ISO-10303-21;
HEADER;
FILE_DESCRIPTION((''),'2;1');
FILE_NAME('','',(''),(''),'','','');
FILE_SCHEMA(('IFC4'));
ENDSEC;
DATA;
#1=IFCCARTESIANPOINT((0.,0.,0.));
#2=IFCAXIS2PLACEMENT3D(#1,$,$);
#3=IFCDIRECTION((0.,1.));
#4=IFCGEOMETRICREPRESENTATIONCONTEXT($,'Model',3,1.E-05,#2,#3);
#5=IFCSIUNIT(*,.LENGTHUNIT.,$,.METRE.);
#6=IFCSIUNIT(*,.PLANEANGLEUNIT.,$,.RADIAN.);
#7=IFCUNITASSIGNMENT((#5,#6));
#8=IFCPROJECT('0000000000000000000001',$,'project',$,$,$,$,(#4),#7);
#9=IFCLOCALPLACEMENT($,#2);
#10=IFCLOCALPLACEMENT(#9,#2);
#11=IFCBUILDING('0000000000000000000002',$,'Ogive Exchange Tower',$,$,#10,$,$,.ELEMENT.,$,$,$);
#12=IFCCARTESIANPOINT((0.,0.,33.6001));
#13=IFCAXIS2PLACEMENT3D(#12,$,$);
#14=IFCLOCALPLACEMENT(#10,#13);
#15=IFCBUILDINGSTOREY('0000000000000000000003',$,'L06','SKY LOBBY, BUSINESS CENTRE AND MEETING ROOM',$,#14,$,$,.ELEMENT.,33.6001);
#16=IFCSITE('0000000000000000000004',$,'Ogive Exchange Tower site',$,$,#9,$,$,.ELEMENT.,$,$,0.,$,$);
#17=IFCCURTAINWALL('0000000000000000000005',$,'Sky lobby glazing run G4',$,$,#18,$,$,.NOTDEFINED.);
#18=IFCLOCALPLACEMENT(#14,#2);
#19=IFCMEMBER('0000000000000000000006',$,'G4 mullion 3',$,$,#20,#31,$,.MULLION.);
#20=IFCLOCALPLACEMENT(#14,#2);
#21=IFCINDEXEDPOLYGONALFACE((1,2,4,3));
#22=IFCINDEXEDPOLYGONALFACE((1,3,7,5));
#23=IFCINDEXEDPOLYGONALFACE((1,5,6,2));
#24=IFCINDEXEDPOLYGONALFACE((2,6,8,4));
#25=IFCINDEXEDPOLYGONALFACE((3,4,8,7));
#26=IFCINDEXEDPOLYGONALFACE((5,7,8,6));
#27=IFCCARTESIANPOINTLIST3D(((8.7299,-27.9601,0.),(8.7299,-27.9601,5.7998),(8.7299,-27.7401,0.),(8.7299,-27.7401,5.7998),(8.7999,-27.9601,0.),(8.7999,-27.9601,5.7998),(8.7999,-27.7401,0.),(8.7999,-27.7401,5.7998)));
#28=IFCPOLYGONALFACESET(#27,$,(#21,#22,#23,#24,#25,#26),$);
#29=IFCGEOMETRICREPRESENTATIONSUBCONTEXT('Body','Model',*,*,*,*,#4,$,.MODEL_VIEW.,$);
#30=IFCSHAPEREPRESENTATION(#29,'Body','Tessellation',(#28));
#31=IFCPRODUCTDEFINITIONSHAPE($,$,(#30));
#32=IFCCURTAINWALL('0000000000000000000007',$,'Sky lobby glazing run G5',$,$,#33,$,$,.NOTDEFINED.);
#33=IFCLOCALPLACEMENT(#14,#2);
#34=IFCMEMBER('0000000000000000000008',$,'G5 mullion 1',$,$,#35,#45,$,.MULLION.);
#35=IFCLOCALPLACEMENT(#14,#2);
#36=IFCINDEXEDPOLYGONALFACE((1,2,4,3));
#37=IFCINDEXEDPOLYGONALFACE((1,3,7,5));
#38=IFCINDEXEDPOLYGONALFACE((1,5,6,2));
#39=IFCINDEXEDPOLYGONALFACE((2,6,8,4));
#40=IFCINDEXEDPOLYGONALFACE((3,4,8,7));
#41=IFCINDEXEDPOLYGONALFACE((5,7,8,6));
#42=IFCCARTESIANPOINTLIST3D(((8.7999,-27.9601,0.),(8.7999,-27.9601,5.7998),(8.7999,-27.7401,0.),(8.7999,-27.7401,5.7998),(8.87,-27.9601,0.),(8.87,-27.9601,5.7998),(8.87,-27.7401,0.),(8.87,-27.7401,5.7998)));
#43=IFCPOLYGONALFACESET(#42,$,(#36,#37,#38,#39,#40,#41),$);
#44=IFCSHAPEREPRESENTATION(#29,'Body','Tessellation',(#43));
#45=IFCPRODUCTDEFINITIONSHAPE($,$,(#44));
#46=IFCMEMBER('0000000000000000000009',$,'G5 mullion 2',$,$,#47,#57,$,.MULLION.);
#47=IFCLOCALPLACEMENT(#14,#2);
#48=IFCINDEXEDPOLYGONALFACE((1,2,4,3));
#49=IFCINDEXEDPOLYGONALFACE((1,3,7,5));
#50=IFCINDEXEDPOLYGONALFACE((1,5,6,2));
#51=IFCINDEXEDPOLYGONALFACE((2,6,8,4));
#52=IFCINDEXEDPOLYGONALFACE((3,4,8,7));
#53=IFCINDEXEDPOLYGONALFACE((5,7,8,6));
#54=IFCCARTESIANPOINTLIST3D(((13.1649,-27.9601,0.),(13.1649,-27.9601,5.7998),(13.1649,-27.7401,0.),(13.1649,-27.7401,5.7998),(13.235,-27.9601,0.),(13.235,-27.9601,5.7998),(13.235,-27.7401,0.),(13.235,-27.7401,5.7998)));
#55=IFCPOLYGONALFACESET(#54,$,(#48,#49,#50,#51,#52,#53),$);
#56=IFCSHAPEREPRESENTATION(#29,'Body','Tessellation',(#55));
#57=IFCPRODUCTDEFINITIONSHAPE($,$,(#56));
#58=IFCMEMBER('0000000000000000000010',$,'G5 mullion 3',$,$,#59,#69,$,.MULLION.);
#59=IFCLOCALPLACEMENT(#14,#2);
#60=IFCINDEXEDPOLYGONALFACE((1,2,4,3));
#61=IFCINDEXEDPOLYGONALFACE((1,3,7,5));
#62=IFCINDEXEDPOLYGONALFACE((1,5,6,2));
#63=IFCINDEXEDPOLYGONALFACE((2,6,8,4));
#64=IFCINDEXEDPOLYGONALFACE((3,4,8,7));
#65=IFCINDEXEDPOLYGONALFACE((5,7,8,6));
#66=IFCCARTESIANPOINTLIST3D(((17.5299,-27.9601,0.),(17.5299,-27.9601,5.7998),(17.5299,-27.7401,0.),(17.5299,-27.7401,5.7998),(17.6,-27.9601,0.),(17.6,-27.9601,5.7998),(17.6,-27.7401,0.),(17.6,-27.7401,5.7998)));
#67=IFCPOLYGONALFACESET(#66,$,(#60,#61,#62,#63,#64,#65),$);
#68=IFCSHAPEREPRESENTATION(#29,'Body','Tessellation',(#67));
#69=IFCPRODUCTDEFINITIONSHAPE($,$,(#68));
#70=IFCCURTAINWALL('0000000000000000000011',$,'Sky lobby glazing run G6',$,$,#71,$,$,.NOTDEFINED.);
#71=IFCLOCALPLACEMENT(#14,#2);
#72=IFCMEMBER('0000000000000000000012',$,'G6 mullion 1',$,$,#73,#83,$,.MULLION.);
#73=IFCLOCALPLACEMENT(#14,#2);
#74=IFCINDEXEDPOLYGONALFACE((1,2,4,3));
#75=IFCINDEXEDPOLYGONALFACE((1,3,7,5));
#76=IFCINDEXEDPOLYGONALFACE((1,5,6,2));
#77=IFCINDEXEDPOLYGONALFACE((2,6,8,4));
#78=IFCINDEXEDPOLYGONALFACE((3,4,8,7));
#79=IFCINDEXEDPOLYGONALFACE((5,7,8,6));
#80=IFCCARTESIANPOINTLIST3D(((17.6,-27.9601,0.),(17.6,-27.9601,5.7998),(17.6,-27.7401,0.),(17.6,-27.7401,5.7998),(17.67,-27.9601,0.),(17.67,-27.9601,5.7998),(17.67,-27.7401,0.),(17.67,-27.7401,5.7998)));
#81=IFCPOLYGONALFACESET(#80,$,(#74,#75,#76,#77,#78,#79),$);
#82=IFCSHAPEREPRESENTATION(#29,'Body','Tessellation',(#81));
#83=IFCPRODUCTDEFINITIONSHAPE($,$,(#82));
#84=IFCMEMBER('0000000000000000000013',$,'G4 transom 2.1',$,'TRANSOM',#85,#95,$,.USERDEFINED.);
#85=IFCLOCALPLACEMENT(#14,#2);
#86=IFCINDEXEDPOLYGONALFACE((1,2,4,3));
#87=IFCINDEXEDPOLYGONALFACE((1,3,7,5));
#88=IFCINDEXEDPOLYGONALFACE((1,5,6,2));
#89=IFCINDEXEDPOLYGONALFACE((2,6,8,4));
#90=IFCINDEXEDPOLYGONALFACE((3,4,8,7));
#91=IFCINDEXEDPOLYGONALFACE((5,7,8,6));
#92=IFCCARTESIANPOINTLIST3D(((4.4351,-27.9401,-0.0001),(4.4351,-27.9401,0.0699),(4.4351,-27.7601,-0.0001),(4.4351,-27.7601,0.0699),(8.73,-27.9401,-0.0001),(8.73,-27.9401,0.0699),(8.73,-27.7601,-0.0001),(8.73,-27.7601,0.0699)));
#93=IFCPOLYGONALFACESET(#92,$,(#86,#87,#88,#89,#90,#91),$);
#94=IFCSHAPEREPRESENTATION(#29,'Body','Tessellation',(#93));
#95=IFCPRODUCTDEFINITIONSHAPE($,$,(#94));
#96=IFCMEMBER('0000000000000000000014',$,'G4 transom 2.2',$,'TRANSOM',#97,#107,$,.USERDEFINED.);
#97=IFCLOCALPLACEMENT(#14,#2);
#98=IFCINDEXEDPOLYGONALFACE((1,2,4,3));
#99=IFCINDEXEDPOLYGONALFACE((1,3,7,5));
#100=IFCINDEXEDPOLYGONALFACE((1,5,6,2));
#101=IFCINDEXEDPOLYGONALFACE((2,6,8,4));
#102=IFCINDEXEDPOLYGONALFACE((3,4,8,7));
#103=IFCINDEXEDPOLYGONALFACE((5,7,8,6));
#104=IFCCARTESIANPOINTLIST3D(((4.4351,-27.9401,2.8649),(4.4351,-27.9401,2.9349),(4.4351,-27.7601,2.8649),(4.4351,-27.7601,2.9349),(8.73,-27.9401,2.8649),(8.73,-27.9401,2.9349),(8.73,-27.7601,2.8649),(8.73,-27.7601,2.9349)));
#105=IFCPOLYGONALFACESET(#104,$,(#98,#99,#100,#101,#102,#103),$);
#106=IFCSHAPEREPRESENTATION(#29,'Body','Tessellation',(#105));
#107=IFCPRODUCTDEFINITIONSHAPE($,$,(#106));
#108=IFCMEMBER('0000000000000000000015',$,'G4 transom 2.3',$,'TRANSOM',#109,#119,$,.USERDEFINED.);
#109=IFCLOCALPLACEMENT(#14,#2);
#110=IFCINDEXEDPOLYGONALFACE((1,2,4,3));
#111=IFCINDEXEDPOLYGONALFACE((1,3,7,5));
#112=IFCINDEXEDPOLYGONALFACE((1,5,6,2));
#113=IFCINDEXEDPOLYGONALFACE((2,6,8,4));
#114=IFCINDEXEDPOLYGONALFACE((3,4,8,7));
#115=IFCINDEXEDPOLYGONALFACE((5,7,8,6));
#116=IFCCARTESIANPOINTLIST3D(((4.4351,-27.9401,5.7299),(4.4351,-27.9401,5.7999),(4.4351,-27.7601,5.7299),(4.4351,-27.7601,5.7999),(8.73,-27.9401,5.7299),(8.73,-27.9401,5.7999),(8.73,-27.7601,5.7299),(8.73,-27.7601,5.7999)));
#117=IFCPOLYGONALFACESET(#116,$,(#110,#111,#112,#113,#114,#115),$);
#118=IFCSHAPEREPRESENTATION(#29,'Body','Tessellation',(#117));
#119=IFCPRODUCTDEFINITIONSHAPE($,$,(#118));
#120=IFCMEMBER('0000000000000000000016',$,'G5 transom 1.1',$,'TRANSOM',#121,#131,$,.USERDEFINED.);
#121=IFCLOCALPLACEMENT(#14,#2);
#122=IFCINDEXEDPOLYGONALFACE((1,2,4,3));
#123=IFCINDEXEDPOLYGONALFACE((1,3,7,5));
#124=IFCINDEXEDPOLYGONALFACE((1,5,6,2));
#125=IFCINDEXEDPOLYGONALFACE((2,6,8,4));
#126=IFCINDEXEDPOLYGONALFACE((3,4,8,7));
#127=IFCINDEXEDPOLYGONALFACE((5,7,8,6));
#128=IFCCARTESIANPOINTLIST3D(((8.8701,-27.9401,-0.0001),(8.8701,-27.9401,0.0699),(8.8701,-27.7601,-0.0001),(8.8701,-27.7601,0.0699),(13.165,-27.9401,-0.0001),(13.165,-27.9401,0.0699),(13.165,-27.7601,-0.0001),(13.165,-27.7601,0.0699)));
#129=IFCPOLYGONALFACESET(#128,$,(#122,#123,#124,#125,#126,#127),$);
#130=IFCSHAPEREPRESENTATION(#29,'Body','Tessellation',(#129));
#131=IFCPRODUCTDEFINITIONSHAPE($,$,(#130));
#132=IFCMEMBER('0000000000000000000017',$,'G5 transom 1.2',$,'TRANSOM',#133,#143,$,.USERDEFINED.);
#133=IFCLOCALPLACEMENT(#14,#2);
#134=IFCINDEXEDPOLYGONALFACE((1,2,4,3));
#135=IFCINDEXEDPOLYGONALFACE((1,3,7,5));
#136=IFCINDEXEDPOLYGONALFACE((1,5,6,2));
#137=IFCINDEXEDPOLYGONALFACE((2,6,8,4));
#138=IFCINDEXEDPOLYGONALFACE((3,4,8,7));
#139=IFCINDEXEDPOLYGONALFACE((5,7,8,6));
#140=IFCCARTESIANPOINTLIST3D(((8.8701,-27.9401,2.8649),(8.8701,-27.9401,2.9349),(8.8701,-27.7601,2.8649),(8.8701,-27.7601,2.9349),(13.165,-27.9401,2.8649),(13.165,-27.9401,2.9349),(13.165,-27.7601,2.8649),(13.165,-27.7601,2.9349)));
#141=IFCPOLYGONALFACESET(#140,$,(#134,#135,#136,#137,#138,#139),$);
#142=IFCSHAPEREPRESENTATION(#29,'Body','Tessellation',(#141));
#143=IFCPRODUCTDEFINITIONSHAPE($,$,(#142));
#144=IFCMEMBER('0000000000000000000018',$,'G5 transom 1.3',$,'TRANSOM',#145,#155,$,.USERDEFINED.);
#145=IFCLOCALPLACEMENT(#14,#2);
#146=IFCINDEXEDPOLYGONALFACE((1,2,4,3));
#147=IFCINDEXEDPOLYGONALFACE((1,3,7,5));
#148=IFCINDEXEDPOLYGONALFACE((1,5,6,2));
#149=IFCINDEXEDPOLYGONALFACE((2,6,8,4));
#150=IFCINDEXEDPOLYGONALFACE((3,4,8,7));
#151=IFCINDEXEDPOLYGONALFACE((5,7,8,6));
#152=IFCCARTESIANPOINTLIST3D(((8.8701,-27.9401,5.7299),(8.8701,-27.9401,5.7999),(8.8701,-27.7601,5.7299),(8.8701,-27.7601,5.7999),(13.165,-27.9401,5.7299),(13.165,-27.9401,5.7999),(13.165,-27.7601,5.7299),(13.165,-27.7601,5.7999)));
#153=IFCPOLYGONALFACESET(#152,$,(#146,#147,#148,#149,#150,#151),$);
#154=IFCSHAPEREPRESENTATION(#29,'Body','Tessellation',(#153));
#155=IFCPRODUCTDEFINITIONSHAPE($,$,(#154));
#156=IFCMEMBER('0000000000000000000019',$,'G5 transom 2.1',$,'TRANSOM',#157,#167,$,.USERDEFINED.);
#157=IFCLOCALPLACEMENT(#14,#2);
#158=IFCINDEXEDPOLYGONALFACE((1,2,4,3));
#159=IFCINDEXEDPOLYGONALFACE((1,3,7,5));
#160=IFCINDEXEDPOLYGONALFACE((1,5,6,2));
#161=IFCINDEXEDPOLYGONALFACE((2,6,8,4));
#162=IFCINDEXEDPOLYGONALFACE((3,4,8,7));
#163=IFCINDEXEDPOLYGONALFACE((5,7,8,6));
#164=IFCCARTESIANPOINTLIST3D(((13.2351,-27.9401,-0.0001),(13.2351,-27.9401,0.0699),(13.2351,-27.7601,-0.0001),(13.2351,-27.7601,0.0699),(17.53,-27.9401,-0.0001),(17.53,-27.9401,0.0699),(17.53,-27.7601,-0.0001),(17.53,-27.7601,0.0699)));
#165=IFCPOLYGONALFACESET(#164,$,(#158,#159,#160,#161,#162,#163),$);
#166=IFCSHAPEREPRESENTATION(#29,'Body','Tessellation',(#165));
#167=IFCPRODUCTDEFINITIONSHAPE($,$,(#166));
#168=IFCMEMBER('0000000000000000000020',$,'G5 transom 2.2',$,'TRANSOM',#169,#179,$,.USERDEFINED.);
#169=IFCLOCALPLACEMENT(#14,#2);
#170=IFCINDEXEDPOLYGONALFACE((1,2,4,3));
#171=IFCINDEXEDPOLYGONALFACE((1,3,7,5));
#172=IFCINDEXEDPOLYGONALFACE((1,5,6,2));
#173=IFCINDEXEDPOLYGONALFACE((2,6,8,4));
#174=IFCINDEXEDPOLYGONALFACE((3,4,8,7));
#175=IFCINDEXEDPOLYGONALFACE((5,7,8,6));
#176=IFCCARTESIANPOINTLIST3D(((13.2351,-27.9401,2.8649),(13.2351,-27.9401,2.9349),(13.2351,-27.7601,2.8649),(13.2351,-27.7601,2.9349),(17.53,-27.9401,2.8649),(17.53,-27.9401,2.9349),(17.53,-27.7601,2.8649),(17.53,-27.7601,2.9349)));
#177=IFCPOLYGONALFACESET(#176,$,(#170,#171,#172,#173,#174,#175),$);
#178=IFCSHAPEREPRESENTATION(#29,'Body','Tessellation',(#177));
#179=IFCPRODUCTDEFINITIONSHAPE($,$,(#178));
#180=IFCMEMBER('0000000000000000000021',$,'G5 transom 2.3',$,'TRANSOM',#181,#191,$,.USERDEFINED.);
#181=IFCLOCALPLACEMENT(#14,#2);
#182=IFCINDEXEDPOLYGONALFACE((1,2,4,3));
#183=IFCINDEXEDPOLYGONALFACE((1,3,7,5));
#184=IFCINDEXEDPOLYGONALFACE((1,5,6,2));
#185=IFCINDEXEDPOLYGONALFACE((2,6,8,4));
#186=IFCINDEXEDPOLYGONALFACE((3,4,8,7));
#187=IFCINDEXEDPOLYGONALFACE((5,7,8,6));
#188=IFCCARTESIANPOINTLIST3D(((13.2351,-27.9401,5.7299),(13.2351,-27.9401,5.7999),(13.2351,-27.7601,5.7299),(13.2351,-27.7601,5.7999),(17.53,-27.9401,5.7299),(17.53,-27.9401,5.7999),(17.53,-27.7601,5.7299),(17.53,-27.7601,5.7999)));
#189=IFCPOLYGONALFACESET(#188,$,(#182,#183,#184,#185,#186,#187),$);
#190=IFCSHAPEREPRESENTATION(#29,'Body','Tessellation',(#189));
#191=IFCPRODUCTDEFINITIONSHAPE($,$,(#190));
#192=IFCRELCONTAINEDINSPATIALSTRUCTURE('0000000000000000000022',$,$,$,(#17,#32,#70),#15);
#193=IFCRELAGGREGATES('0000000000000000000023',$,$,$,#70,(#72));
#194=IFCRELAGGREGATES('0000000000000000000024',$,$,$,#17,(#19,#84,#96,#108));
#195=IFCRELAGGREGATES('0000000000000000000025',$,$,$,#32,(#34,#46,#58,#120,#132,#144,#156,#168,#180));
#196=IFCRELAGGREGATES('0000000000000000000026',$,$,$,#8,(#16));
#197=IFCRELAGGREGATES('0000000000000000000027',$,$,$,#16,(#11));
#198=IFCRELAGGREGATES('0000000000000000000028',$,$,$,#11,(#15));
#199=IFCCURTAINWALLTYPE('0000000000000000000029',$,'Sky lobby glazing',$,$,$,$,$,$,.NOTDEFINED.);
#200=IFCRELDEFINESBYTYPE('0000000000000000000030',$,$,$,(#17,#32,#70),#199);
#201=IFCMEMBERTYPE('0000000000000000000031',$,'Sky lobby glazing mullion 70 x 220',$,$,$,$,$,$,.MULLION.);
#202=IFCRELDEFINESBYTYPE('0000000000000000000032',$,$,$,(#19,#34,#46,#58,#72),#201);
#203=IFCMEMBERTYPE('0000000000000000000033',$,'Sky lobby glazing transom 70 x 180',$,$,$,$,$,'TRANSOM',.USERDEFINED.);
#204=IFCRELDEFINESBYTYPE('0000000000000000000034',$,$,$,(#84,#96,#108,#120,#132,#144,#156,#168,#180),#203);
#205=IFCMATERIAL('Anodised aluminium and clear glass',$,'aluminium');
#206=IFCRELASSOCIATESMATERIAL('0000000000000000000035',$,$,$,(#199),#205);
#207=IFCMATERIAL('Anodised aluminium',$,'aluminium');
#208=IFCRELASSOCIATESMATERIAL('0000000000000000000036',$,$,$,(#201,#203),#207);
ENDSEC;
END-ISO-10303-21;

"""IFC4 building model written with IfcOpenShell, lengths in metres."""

from ifc_helpers import new_model, si_unit, direction, frame, origin, origin_2d, place, context, subcontext, project, spatial, rectangle, extrude, material, material_profile, profile_set, type_object, element, aggregate, save


model = new_model("IFC4")

# Units and contexts
model_context = context("Model", 3, precision=1e-05, world=origin(), true_north=direction((0.0, 1.0)))
body_context = subcontext(model_context, "Body", "Model", "MODEL_VIEW")
ifc_project = project(units=[si_unit("LENGTHUNIT", "METRE"), si_unit("PLANEANGLEUNIT", "RADIAN")], contexts=[model_context])

# Site, building, storey
site_placement = place(None, origin())
site = spatial("IfcSite", under=ifc_project, at=site_placement, Name="Ogive Exchange Tower site", CompositionType="ELEMENT", RefElevation=0.0)
building_placement = place(site_placement, origin())
building = spatial("IfcBuilding", under=site, at=building_placement, Name="Ogive Exchange Tower", CompositionType="ELEMENT")
storey_placement = place(building_placement, frame((0.0, 0.0, 33.6001)))
storey = spatial("IfcBuildingStorey", under=building, at=storey_placement, Name="L06", Description="SKY LOBBY, BUSINESS CENTRE AND MEETING ROOM", CompositionType="ELEMENT", Elevation=33.6001)

# Curtain wall, member
ifc_material_1 = material(Name="Anodised aluminium and clear glass", Category="aluminium")
curtain_wall_type = type_object("IfcCurtainWallType", Name="Sky lobby glazing", PredefinedType="NOTDEFINED", material=ifc_material_1)
curtain_wall_1_placement = place(storey_placement, origin())
curtain_wall_1 = element("IfcCurtainWall", 1, at=curtain_wall_1_placement, inside=storey, type_object=curtain_wall_type, Name="Sky lobby glazing run G4", PredefinedType="NOTDEFINED")
ifc_material_2 = material(Name="Anodised aluminium", Category="aluminium")
ifc_material_profile_1 = material_profile(ifc_material_2, rectangle(XDim=0.22, YDim=0.0701, at=origin_2d()), Name="AL 70x220")
ifc_profile_set_1 = profile_set([ifc_material_profile_1], Name="Anodised aluminium")
member_type_1 = type_object("IfcMemberType", Name="Sky lobby glazing mullion 70 x 220", PredefinedType="MULLION", material=ifc_profile_set_1)
member_1_placement = place(storey_placement, frame((8.7649, -27.8501, 0.0), z_axis=(0.0, 0.0, 1.0), x_axis=(0.0, 1.0, 0.0)))
member_1 = element("IfcMember", 2, at=member_1_placement, type_object=member_type_1, Name="G4 mullion 3", PredefinedType="MULLION", context=body_context, shape_type="SweptSolid", body=[
    extrude(rectangle(XDim=0.22, YDim=0.0701, at=origin_2d()), origin(), (0.0, 0.0, 1.0), 5.7998),
])

# Curtain wall, members
curtain_wall_2_placement = place(storey_placement, origin())
curtain_wall_2 = element("IfcCurtainWall", 3, at=curtain_wall_2_placement, inside=storey, type_object=curtain_wall_type, Name="Sky lobby glazing run G5", PredefinedType="NOTDEFINED")
member_2_placement = place(storey_placement, frame((8.835, -27.8501, 0.0), z_axis=(0.0, 0.0, 1.0), x_axis=(0.0, 1.0, 0.0)))
member_2 = element("IfcMember", 4, at=member_2_placement, type_object=member_type_1, Name="G5 mullion 1", PredefinedType="MULLION", context=body_context, shape_type="SweptSolid", body=[
    extrude(rectangle(XDim=0.22, YDim=0.0701, at=origin_2d()), origin(), (0.0, 0.0, 1.0), 5.7998),
])
member_3_placement = place(storey_placement, frame((13.2, -27.8501, 0.0), z_axis=(0.0, 0.0, 1.0), x_axis=(0.0, 1.0, 0.0)))
member_3 = element("IfcMember", 5, at=member_3_placement, type_object=member_type_1, Name="G5 mullion 2", PredefinedType="MULLION", context=body_context, shape_type="SweptSolid", body=[
    extrude(rectangle(XDim=0.22, YDim=0.0701, at=origin_2d()), origin(), (0.0, 0.0, 1.0), 5.7998),
])
member_4_placement = place(storey_placement, frame((17.5649, -27.8501, 0.0), z_axis=(0.0, 0.0, 1.0), x_axis=(0.0, 1.0, 0.0)))
member_4 = element("IfcMember", 6, at=member_4_placement, type_object=member_type_1, Name="G5 mullion 3", PredefinedType="MULLION", context=body_context, shape_type="SweptSolid", body=[
    extrude(rectangle(XDim=0.22, YDim=0.0701, at=origin_2d()), origin(), (0.0, 0.0, 1.0), 5.7998),
])

# Curtain wall, member
curtain_wall_3_placement = place(storey_placement, origin())
curtain_wall_3 = element("IfcCurtainWall", 7, at=curtain_wall_3_placement, inside=storey, type_object=curtain_wall_type, Name="Sky lobby glazing run G6", PredefinedType="NOTDEFINED")
member_5_placement = place(storey_placement, frame((17.635, -27.8501, 0.0), z_axis=(0.0, 0.0, 1.0), x_axis=(0.0, 1.0, 0.0)))
member_5 = element("IfcMember", 8, at=member_5_placement, type_object=member_type_1, Name="G6 mullion 1", PredefinedType="MULLION", context=body_context, shape_type="SweptSolid", body=[
    extrude(rectangle(XDim=0.22, YDim=0.0701, at=origin_2d()), origin(), (0.0, 0.0, 1.0), 5.7998),
])
aggregate(curtain_wall_3, [member_5])

# Members
ifc_material_profile_2 = material_profile(ifc_material_2, rectangle(XDim=0.1799, YDim=0.0701, at=origin_2d()), Name="AL 70x180")
ifc_profile_set_2 = profile_set([ifc_material_profile_2], Name="Anodised aluminium")
member_type_2 = type_object("IfcMemberType", Name="Sky lobby glazing transom 70 x 180", ElementType="TRANSOM", PredefinedType="USERDEFINED", material=ifc_profile_set_2)
member_6_placement = place(storey_placement, frame((4.4351, -27.8501, 0.0349), z_axis=(1.0, 0.0, 0.0), x_axis=(0.0, 1.0, 0.0)))
member_6 = element("IfcMember", 9, at=member_6_placement, type_object=member_type_2, Name="G4 transom 2.1", ObjectType="TRANSOM", PredefinedType="USERDEFINED", context=body_context, shape_type="SweptSolid", body=[
    extrude(rectangle(XDim=0.1799, YDim=0.0701, at=origin_2d()), origin(), (0.0, 0.0, 1.0), 4.2949),
])
member_7_placement = place(storey_placement, frame((4.4351, -27.8501, 2.8999), z_axis=(1.0, 0.0, 0.0), x_axis=(0.0, 1.0, 0.0)))
member_7 = element("IfcMember", 10, at=member_7_placement, type_object=member_type_2, Name="G4 transom 2.2", ObjectType="TRANSOM", PredefinedType="USERDEFINED", context=body_context, shape_type="SweptSolid", body=[
    extrude(rectangle(XDim=0.1799, YDim=0.0701, at=origin_2d()), origin(), (0.0, 0.0, 1.0), 4.2949),
])
member_8_placement = place(storey_placement, frame((4.4351, -27.8501, 5.7649), z_axis=(1.0, 0.0, 0.0), x_axis=(0.0, 1.0, 0.0)))
member_8 = element("IfcMember", 11, at=member_8_placement, type_object=member_type_2, Name="G4 transom 2.3", ObjectType="TRANSOM", PredefinedType="USERDEFINED", context=body_context, shape_type="SweptSolid", body=[
    extrude(rectangle(XDim=0.1799, YDim=0.0701, at=origin_2d()), origin(), (0.0, 0.0, 1.0), 4.2949),
])
member_9_placement = place(storey_placement, frame((8.8701, -27.8501, 0.0349), z_axis=(1.0, 0.0, 0.0), x_axis=(0.0, 1.0, 0.0)))
member_9 = element("IfcMember", 12, at=member_9_placement, type_object=member_type_2, Name="G5 transom 1.1", ObjectType="TRANSOM", PredefinedType="USERDEFINED", context=body_context, shape_type="SweptSolid", body=[
    extrude(rectangle(XDim=0.1799, YDim=0.0701, at=origin_2d()), origin(), (0.0, 0.0, 1.0), 4.2949),
])
member_10_placement = place(storey_placement, frame((8.8701, -27.8501, 2.8999), z_axis=(1.0, 0.0, 0.0), x_axis=(0.0, 1.0, 0.0)))
member_10 = element("IfcMember", 13, at=member_10_placement, type_object=member_type_2, Name="G5 transom 1.2", ObjectType="TRANSOM", PredefinedType="USERDEFINED", context=body_context, shape_type="SweptSolid", body=[
    extrude(rectangle(XDim=0.1799, YDim=0.0701, at=origin_2d()), origin(), (0.0, 0.0, 1.0), 4.2949),
])
member_11_placement = place(storey_placement, frame((8.8701, -27.8501, 5.7649), z_axis=(1.0, 0.0, 0.0), x_axis=(0.0, 1.0, 0.0)))
member_11 = element("IfcMember", 14, at=member_11_placement, type_object=member_type_2, Name="G5 transom 1.3", ObjectType="TRANSOM", PredefinedType="USERDEFINED", context=body_context, shape_type="SweptSolid", body=[
    extrude(rectangle(XDim=0.1799, YDim=0.0701, at=origin_2d()), origin(), (0.0, 0.0, 1.0), 4.2949),
])
member_12_placement = place(storey_placement, frame((13.2351, -27.8501, 0.0349), z_axis=(1.0, 0.0, 0.0), x_axis=(0.0, 1.0, 0.0)))
member_12 = element("IfcMember", 15, at=member_12_placement, type_object=member_type_2, Name="G5 transom 2.1", ObjectType="TRANSOM", PredefinedType="USERDEFINED", context=body_context, shape_type="SweptSolid", body=[
    extrude(rectangle(XDim=0.1799, YDim=0.0701, at=origin_2d()), origin(), (0.0, 0.0, 1.0), 4.2949),
])
member_13_placement = place(storey_placement, frame((13.2351, -27.8501, 2.8999), z_axis=(1.0, 0.0, 0.0), x_axis=(0.0, 1.0, 0.0)))
member_13 = element("IfcMember", 16, at=member_13_placement, type_object=member_type_2, Name="G5 transom 2.2", ObjectType="TRANSOM", PredefinedType="USERDEFINED", context=body_context, shape_type="SweptSolid", body=[
    extrude(rectangle(XDim=0.1799, YDim=0.0701, at=origin_2d()), origin(), (0.0, 0.0, 1.0), 4.2949),
])
member_14_placement = place(storey_placement, frame((13.2351, -27.8501, 5.7649), z_axis=(1.0, 0.0, 0.0), x_axis=(0.0, 1.0, 0.0)))
member_14 = element("IfcMember", 17, at=member_14_placement, type_object=member_type_2, Name="G5 transom 2.3", ObjectType="TRANSOM", PredefinedType="USERDEFINED", context=body_context, shape_type="SweptSolid", body=[
    extrude(rectangle(XDim=0.1799, YDim=0.0701, at=origin_2d()), origin(), (0.0, 0.0, 1.0), 4.2949),
])

aggregate(curtain_wall_1, [member_1, member_6, member_7, member_8])
aggregate(curtain_wall_2, [member_2, member_3, member_4, member_9, member_10, member_11, member_12, member_13, member_14])

save(model, "model.ifc")
